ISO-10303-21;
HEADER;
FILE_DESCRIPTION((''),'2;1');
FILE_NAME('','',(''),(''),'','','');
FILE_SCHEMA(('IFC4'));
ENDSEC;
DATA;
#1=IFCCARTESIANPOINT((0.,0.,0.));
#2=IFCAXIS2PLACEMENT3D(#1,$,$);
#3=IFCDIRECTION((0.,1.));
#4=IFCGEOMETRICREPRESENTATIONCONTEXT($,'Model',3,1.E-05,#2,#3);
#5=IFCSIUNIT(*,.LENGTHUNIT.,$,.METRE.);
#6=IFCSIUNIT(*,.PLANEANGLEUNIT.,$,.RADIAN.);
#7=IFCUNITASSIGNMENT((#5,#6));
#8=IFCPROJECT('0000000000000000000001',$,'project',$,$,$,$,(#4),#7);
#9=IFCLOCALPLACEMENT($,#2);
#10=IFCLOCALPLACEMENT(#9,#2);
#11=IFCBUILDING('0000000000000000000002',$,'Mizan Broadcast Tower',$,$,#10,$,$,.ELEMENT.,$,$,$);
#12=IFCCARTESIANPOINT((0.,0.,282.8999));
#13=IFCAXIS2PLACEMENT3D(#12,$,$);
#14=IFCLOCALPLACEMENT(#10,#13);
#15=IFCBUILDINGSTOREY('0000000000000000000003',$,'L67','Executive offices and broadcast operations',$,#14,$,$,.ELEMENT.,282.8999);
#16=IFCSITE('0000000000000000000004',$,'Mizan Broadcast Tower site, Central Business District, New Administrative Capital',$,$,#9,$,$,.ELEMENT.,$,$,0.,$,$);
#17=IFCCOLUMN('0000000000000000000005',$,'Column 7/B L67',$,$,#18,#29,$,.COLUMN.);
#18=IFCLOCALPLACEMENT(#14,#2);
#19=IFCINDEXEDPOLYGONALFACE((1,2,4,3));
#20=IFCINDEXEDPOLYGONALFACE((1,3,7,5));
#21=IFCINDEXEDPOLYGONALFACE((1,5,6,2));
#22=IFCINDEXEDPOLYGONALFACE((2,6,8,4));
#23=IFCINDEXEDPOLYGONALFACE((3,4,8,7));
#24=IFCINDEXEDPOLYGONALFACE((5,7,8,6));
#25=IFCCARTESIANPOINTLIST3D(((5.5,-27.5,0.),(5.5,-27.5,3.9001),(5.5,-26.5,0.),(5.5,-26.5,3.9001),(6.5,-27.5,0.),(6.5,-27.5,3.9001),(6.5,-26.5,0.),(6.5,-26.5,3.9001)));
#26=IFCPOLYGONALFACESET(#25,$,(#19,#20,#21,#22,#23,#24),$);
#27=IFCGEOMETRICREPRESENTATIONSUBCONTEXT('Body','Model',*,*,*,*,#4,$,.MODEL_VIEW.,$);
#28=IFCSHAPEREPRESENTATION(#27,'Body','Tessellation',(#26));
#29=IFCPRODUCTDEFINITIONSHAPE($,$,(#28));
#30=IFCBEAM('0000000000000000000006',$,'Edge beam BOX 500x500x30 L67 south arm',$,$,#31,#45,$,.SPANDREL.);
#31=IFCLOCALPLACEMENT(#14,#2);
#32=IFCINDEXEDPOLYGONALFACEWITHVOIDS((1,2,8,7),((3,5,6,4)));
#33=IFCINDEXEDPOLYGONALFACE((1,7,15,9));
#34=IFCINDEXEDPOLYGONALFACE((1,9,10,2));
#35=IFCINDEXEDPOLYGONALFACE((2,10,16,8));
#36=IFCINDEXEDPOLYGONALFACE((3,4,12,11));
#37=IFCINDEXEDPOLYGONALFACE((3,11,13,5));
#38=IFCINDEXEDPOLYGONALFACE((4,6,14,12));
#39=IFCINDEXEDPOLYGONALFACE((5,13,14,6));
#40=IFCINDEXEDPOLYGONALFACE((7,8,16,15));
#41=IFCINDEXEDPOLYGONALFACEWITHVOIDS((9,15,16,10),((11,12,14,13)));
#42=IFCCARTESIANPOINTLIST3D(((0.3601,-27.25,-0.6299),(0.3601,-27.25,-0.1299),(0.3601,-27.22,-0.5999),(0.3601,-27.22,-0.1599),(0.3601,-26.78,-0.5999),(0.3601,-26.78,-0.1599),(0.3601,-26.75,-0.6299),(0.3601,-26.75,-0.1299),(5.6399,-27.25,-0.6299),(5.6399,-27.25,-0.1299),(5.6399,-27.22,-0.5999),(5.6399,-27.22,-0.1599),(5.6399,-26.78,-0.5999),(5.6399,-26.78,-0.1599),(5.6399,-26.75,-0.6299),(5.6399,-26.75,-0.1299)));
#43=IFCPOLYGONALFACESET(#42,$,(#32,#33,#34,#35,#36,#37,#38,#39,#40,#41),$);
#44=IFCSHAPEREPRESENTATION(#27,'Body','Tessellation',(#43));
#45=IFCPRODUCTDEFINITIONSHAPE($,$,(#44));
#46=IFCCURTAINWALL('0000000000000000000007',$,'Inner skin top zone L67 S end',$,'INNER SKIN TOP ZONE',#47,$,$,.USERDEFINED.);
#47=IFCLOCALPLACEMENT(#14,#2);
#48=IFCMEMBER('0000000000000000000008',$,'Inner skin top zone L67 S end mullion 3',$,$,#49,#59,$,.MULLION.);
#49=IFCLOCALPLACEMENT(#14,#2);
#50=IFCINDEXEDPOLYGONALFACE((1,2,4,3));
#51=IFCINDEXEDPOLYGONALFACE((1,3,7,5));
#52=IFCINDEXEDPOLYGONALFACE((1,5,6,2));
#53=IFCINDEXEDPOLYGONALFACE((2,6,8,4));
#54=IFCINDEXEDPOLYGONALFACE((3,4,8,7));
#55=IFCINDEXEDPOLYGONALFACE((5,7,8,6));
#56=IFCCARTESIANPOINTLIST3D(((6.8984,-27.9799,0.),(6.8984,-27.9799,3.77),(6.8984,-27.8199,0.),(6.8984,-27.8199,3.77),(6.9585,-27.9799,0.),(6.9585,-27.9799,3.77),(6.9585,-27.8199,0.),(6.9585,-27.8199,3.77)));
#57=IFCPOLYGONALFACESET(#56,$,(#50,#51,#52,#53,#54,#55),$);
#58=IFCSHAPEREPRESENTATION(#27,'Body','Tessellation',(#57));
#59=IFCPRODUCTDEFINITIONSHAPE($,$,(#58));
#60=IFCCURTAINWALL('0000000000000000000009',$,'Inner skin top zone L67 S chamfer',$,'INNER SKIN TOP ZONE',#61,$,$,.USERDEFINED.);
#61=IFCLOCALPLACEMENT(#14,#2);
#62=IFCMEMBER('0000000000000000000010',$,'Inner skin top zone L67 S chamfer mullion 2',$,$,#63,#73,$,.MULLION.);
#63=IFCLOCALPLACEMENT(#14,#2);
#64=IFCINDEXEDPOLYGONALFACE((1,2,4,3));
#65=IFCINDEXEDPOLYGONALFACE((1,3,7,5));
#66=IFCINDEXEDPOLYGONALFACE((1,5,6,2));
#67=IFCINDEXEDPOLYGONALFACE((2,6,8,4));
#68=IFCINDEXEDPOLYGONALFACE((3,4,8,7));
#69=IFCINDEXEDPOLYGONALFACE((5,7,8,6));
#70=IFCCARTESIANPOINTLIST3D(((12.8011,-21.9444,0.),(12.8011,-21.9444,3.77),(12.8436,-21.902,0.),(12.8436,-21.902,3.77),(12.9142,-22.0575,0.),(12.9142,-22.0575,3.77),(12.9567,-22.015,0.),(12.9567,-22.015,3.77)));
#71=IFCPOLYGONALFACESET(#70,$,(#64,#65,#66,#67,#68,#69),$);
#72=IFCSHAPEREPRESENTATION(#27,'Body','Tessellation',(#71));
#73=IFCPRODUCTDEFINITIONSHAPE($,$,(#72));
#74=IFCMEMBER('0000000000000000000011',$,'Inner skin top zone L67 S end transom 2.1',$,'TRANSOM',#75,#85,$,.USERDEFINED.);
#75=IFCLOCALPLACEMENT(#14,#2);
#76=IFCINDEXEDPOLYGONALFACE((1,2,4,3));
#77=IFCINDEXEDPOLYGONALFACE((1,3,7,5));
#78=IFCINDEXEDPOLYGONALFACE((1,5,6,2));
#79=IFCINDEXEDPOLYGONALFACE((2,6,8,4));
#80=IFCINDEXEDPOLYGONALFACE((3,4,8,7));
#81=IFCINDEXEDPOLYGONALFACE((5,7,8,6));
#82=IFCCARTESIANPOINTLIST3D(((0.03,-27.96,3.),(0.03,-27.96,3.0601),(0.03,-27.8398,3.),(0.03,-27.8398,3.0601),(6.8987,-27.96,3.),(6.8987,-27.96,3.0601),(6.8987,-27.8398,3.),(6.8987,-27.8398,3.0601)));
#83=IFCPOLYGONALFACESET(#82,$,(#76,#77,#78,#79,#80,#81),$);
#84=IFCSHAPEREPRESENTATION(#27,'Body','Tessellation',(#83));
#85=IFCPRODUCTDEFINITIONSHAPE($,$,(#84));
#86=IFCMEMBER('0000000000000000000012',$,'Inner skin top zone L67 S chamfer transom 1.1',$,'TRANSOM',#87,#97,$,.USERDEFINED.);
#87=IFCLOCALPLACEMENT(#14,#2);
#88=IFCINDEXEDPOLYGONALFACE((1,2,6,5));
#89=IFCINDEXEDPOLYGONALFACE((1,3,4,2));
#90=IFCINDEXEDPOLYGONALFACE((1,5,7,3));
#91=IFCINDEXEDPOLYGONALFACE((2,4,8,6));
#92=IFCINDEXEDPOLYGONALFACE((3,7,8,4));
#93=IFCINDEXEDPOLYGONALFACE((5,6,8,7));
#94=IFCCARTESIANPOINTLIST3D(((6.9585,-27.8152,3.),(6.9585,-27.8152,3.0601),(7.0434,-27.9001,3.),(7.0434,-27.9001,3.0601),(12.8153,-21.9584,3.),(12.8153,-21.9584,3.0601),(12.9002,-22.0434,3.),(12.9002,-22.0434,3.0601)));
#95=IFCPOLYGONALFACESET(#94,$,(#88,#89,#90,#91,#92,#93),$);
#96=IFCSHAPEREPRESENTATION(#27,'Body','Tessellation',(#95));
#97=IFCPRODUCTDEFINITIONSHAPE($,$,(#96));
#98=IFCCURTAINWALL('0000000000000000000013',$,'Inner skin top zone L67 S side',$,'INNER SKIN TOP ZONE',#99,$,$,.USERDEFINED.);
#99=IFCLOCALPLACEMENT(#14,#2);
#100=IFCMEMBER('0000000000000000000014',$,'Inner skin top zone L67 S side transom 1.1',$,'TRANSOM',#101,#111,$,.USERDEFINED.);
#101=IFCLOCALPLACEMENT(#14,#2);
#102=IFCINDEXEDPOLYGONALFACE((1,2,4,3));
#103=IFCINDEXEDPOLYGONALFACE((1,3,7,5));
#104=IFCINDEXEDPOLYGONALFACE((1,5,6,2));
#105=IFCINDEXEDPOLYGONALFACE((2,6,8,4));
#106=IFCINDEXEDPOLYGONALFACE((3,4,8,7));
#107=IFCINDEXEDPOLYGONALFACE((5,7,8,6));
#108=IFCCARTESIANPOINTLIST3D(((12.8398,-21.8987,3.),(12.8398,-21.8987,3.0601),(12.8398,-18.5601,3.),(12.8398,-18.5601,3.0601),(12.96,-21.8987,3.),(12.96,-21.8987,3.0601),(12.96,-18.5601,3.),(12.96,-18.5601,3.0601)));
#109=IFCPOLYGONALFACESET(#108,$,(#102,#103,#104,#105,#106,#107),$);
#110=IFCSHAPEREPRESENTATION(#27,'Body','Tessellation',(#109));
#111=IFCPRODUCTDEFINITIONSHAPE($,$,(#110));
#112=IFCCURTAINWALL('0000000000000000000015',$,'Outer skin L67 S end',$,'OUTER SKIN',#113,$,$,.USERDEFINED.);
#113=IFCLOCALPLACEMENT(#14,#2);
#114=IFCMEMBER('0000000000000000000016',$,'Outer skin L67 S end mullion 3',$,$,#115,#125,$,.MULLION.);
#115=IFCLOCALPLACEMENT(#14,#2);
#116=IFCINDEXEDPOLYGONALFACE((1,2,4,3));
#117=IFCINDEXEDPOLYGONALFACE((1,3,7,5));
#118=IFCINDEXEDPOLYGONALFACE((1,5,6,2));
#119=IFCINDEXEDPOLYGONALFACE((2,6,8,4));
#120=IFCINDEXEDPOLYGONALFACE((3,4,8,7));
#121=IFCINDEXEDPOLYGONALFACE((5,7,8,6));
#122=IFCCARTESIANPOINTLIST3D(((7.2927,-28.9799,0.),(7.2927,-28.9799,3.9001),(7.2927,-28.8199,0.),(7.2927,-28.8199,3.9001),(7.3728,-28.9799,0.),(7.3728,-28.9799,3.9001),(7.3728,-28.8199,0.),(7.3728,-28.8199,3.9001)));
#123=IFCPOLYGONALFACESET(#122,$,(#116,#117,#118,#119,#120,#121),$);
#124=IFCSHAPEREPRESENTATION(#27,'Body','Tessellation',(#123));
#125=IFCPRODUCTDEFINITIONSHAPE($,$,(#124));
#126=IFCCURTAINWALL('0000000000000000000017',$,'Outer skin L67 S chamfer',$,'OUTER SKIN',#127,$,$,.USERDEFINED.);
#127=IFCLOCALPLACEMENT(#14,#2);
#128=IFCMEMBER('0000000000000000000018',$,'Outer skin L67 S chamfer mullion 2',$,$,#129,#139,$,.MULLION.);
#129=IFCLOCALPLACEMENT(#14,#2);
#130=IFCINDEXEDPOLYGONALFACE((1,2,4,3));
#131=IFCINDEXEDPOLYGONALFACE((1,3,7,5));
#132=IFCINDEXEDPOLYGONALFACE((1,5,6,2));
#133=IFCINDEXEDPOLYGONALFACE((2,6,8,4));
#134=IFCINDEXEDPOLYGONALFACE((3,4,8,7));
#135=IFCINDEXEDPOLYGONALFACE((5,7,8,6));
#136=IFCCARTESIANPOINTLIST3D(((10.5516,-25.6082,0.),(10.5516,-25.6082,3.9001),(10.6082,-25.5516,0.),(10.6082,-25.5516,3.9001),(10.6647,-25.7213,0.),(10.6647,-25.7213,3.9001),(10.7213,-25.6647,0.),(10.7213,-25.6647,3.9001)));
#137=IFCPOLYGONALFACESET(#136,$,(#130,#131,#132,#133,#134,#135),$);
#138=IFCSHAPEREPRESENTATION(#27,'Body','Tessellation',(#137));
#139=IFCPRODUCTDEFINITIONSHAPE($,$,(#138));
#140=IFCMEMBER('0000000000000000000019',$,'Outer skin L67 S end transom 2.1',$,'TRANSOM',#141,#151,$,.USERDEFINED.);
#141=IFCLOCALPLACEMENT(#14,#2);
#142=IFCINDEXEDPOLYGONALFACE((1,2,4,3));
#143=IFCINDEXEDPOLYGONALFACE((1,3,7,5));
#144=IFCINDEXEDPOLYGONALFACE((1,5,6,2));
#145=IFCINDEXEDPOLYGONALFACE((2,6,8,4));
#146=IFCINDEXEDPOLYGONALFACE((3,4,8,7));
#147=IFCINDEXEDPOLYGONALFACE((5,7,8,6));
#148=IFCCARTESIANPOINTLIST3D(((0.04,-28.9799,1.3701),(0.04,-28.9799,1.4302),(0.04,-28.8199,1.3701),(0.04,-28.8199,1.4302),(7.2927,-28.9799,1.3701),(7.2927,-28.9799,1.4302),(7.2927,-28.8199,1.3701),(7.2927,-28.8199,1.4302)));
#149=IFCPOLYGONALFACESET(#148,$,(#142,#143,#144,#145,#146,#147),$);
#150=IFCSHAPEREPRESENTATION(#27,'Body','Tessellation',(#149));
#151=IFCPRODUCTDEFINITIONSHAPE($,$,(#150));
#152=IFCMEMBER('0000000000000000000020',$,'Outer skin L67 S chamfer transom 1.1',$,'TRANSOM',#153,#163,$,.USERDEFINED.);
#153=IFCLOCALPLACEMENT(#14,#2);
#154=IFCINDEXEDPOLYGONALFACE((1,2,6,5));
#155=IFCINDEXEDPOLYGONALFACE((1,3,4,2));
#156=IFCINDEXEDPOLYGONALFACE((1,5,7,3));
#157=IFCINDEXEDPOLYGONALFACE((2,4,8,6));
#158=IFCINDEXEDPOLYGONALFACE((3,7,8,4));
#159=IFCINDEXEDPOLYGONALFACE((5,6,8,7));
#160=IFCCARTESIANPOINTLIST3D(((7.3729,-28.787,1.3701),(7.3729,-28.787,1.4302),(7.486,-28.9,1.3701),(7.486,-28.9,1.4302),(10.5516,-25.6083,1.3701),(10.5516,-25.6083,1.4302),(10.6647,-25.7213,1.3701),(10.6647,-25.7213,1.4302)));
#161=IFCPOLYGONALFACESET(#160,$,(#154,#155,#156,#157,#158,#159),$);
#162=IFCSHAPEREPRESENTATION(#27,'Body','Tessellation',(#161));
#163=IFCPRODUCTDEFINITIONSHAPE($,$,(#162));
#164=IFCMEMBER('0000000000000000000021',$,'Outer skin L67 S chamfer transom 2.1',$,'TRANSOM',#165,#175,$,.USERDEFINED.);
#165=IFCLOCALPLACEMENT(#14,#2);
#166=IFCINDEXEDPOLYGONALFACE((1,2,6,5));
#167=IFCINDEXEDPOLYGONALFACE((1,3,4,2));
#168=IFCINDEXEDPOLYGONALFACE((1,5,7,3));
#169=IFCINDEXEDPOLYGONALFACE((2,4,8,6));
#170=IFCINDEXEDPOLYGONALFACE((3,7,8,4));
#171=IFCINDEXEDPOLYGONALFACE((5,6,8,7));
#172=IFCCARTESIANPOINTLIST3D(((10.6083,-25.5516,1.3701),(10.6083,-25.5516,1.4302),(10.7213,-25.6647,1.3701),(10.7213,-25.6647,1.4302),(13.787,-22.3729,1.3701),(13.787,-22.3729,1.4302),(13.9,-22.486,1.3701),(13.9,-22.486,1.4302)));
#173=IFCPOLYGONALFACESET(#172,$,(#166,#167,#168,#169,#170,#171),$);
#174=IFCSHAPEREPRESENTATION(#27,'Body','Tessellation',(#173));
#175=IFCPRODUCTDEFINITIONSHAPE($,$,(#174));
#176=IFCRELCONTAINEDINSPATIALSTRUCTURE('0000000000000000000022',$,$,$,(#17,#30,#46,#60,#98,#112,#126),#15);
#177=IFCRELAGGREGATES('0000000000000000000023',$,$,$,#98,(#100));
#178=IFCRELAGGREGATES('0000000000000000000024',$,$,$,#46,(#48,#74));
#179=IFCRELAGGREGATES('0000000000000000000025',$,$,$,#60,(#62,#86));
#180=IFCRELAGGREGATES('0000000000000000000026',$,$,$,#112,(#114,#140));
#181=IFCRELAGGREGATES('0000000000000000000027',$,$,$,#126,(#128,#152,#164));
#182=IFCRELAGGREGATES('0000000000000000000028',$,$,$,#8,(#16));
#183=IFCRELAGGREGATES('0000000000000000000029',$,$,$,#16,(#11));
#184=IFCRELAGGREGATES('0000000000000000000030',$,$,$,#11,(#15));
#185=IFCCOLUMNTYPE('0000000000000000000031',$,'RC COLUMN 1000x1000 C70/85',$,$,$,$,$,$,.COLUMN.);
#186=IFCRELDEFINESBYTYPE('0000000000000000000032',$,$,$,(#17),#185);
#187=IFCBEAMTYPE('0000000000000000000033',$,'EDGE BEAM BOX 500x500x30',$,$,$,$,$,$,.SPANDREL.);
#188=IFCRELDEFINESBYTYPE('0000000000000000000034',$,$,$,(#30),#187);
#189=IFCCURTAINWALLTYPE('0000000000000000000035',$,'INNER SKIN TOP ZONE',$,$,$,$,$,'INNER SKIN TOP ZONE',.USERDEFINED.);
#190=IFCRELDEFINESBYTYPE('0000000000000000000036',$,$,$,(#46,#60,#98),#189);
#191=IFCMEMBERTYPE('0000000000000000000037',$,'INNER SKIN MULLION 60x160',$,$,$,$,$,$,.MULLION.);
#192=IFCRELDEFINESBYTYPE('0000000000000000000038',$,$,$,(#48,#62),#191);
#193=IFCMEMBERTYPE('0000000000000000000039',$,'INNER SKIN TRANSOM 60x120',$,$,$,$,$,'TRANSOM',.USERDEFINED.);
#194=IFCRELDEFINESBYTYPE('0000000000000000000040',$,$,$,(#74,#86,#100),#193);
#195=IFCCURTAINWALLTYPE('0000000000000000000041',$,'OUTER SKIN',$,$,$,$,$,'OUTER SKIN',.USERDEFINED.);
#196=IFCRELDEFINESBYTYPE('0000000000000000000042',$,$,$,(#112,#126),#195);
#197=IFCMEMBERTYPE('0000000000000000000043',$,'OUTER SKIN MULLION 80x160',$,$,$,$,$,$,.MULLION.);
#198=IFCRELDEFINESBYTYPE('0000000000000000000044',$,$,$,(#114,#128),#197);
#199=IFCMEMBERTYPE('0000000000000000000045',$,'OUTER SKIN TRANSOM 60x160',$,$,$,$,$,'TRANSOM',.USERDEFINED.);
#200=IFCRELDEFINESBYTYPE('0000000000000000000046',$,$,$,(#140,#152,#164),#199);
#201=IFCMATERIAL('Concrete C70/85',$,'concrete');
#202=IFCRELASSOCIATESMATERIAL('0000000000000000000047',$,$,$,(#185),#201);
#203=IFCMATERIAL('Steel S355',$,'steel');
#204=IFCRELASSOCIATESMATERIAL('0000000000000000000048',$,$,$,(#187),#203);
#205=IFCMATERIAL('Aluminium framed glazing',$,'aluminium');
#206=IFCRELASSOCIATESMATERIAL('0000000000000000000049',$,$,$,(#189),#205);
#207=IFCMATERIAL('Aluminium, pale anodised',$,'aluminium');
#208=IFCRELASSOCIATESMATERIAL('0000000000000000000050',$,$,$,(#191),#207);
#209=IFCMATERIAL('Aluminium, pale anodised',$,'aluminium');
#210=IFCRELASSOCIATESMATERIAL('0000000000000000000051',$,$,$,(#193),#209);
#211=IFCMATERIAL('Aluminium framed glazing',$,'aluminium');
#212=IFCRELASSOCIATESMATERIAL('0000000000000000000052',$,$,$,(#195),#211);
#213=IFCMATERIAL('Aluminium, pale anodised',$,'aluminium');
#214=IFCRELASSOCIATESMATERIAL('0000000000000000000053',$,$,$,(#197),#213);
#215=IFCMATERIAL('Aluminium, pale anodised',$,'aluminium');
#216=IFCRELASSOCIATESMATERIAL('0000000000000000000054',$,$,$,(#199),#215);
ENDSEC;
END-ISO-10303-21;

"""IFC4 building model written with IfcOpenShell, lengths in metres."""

from ifc_helpers import new_model, si_unit, direction, frame, origin, origin_2d, place, context, subcontext, project, spatial, rectangle, hollow_rectangle, extrude, material, material_profile, profile_set, type_object, element, aggregate, save


model = new_model("IFC4")

# Units and contexts
model_context = context("Model", 3, precision=1e-05, world=origin(), true_north=direction((0.0, 1.0)))
body_context = subcontext(model_context, "Body", "Model", "MODEL_VIEW")
ifc_project = project(units=[si_unit("LENGTHUNIT", "METRE"), si_unit("PLANEANGLEUNIT", "RADIAN")], contexts=[model_context])

# Site, building, storey
site_placement = place(None, origin())
site = spatial("IfcSite", under=ifc_project, at=site_placement, Name="Mizan Broadcast Tower site, Central Business District, New Administrative Capital", CompositionType="ELEMENT", RefElevation=0.0)
building_placement = place(site_placement, origin())
building = spatial("IfcBuilding", under=site, at=building_placement, Name="Mizan Broadcast Tower", CompositionType="ELEMENT")
storey_placement = place(building_placement, frame((0.0, 0.0, 282.8999)))
storey = spatial("IfcBuildingStorey", under=building, at=storey_placement, Name="L67", Description="Executive offices and broadcast operations", CompositionType="ELEMENT", Elevation=282.8999)

# Column
ifc_material_1 = material(Name="Concrete C70/85", Category="concrete")
ifc_material_profile_1 = material_profile(ifc_material_1, rectangle(XDim=1.0, YDim=1.0, at=origin_2d()), Name="RC 1000x1000")
ifc_profile_set_1 = profile_set([ifc_material_profile_1], Name="Concrete C70/85")
column_type = type_object("IfcColumnType", Name="RC COLUMN 1000x1000 C70/85", PredefinedType="COLUMN", material=ifc_profile_set_1)
column_placement = place(storey_placement, frame((6.0, -27.0, 0.0), z_axis=(0.0, 0.0, 1.0), x_axis=(1.0, 0.0, 0.0)))
element("IfcColumn", 1, at=column_placement, inside=storey, type_object=column_type, Name="Column 7/B L67", PredefinedType="COLUMN", context=body_context, shape_type="SweptSolid", body=[
    extrude(rectangle(XDim=1.0, YDim=1.0, at=origin_2d()), origin(), (0.0, 0.0, 1.0), 3.9001),
])

# Beam
ifc_material_2 = material(Name="Steel S355", Category="steel")
ifc_material_profile_2 = material_profile(ifc_material_2, hollow_rectangle(XDim=0.5, YDim=0.5, WallThickness=0.03, at=origin_2d()), Name="BOX 500x500x30")
ifc_profile_set_2 = profile_set([ifc_material_profile_2], Name="Steel S355")
beam_type_1 = type_object("IfcBeamType", Name="EDGE BEAM BOX 500x500x30", PredefinedType="SPANDREL", material=ifc_profile_set_2)
beam_1_placement = place(storey_placement, frame((5.6399, -27.0, -0.3799), z_axis=(-1.0, 0.0, 0.0), x_axis=(0.0, -1.0, 0.0)))
element("IfcBeam", 2, at=beam_1_placement, inside=storey, type_object=beam_type_1, Name="Edge beam BOX 500x500x30 L67 south arm", PredefinedType="SPANDREL", context=body_context, shape_type="SweptSolid", body=[
    extrude(hollow_rectangle(XDim=0.5, YDim=0.5, WallThickness=0.03, at=origin_2d()), origin(), (0.0, 0.0, 1.0), 5.2798),
])

# Curtain walls, members
ifc_material_3 = material(Name="Aluminium framed glazing", Category="aluminium")
curtain_wall_type_1 = type_object("IfcCurtainWallType", Name="INNER SKIN TOP ZONE", ElementType="INNER SKIN TOP ZONE", PredefinedType="USERDEFINED", material=ifc_material_3)
curtain_wall_1_placement = place(storey_placement, origin())
curtain_wall_1 = element("IfcCurtainWall", 3, at=curtain_wall_1_placement, inside=storey, type_object=curtain_wall_type_1, Name="Inner skin top zone L67 S end", ObjectType="INNER SKIN TOP ZONE", PredefinedType="USERDEFINED")
ifc_material_4 = material(Name="Aluminium, pale anodised", Category="aluminium")
ifc_material_profile_3 = material_profile(ifc_material_4, rectangle(XDim=0.1599, YDim=0.0601, at=origin_2d()), Name="MULLION 160x60")
ifc_profile_set_3 = profile_set([ifc_material_profile_3], Name="Aluminium, pale anodised")
member_type_1 = type_object("IfcMemberType", Name="INNER SKIN MULLION 60x160", PredefinedType="MULLION", material=ifc_profile_set_3)
member_1_placement = place(storey_placement, frame((6.9285, -27.8999, 0.0), z_axis=(0.0, 0.0, 1.0), x_axis=(0.0, 1.0, 0.0)))
member_1 = element("IfcMember", 4, at=member_1_placement, type_object=member_type_1, Name="Inner skin top zone L67 S end mullion 3", PredefinedType="MULLION", context=body_context, shape_type="SweptSolid", body=[
    extrude(rectangle(XDim=0.1599, YDim=0.0601, at=origin_2d()), origin(), (0.0, 0.0, 1.0), 3.77),
])
curtain_wall_2_placement = place(storey_placement, origin())
curtain_wall_2 = element("IfcCurtainWall", 5, at=curtain_wall_2_placement, inside=storey, type_object=curtain_wall_type_1, Name="Inner skin top zone L67 S chamfer", ObjectType="INNER SKIN TOP ZONE", PredefinedType="USERDEFINED")
member_2_placement = place(storey_placement, frame((12.8789, -21.9797, 0.0), z_axis=(0.0, 0.0, 1.0), x_axis=(-0.707107, 0.707107, 0.0)))
member_2 = element("IfcMember", 6, at=member_2_placement, type_object=member_type_1, Name="Inner skin top zone L67 S chamfer mullion 2", PredefinedType="MULLION", context=body_context, shape_type="SweptSolid", body=[
    extrude(rectangle(XDim=0.1599, YDim=0.0601, at=origin_2d()), origin(), (0.0, 0.0, 1.0), 3.77),
])

# Members
ifc_material_5 = material(Name="Aluminium, pale anodised", Category="aluminium")
ifc_material_profile_4 = material_profile(ifc_material_5, rectangle(XDim=0.1201, YDim=0.0601, at=origin_2d()), Name="TRANSOM 120x60")
ifc_profile_set_4 = profile_set([ifc_material_profile_4], Name="Aluminium, pale anodised")
member_type_2 = type_object("IfcMemberType", Name="INNER SKIN TRANSOM 60x120", ElementType="TRANSOM", PredefinedType="USERDEFINED", material=ifc_profile_set_4)
member_3_placement = place(storey_placement, frame((0.03, -27.8999, 3.03), z_axis=(1.0, 0.0, 0.0), x_axis=(0.0, 1.0, 0.0)))
member_3 = element("IfcMember", 7, at=member_3_placement, type_object=member_type_2, Name="Inner skin top zone L67 S end transom 2.1", ObjectType="TRANSOM", PredefinedType="USERDEFINED", context=body_context, shape_type="SweptSolid", body=[
    extrude(rectangle(XDim=0.1201, YDim=0.0601, at=origin_2d()), origin(), (0.0, 0.0, 1.0), 6.8687),
])
member_4_placement = place(storey_placement, frame((7.001, -27.8577, 3.03), z_axis=(0.707107, 0.707107, 0.0), x_axis=(-0.707107, 0.707107, 0.0)))
member_4 = element("IfcMember", 8, at=member_4_placement, type_object=member_type_2, Name="Inner skin top zone L67 S chamfer transom 1.1", ObjectType="TRANSOM", PredefinedType="USERDEFINED", context=body_context, shape_type="SweptSolid", body=[
    extrude(rectangle(XDim=0.1201, YDim=0.0601, at=origin_2d()), origin(), (0.0, 0.0, 1.0), 8.2827),
])

# Curtain walls, members
curtain_wall_3_placement = place(storey_placement, origin())
curtain_wall_3 = element("IfcCurtainWall", 9, at=curtain_wall_3_placement, inside=storey, type_object=curtain_wall_type_1, Name="Inner skin top zone L67 S side", ObjectType="INNER SKIN TOP ZONE", PredefinedType="USERDEFINED")
member_5_placement = place(storey_placement, frame((12.8999, -21.8987, 3.03), z_axis=(0.0, 1.0, 0.0), x_axis=(-1.0, 0.0, 0.0)))
member_5 = element("IfcMember", 10, at=member_5_placement, type_object=member_type_2, Name="Inner skin top zone L67 S side transom 1.1", ObjectType="TRANSOM", PredefinedType="USERDEFINED", context=body_context, shape_type="SweptSolid", body=[
    extrude(rectangle(XDim=0.1201, YDim=0.0601, at=origin_2d()), origin(), (0.0, 0.0, 1.0), 3.3386),
])
aggregate(curtain_wall_3, [member_5])
ifc_material_6 = material(Name="Aluminium framed glazing", Category="aluminium")
curtain_wall_type_2 = type_object("IfcCurtainWallType", Name="OUTER SKIN", ElementType="OUTER SKIN", PredefinedType="USERDEFINED", material=ifc_material_6)
curtain_wall_4_placement = place(storey_placement, origin())
curtain_wall_4 = element("IfcCurtainWall", 11, at=curtain_wall_4_placement, inside=storey, type_object=curtain_wall_type_2, Name="Outer skin L67 S end", ObjectType="OUTER SKIN", PredefinedType="USERDEFINED")
ifc_material_7 = material(Name="Aluminium, pale anodised", Category="aluminium")
ifc_material_profile_5 = material_profile(ifc_material_7, rectangle(XDim=0.1599, YDim=0.0801, at=origin_2d()), Name="MULLION 160x80")
ifc_profile_set_5 = profile_set([ifc_material_profile_5], Name="Aluminium, pale anodised")
member_type_3 = type_object("IfcMemberType", Name="OUTER SKIN MULLION 80x160", PredefinedType="MULLION", material=ifc_profile_set_5)
member_6_placement = place(storey_placement, frame((7.3328, -28.8999, 0.0), z_axis=(0.0, 0.0, 1.0), x_axis=(0.0, 1.0, 0.0)))
member_6 = element("IfcMember", 12, at=member_6_placement, type_object=member_type_3, Name="Outer skin L67 S end mullion 3", PredefinedType="MULLION", context=body_context, shape_type="SweptSolid", body=[
    extrude(rectangle(XDim=0.1599, YDim=0.0801, at=origin_2d()), origin(), (0.0, 0.0, 1.0), 3.9001),
])
curtain_wall_5_placement = place(storey_placement, origin())
curtain_wall_5 = element("IfcCurtainWall", 13, at=curtain_wall_5_placement, inside=storey, type_object=curtain_wall_type_2, Name="Outer skin L67 S chamfer", ObjectType="OUTER SKIN", PredefinedType="USERDEFINED")
member_7_placement = place(storey_placement, frame((10.6365, -25.6365, 0.0), z_axis=(0.0, 0.0, 1.0), x_axis=(-0.707107, 0.707107, 0.0)))
member_7 = element("IfcMember", 14, at=member_7_placement, type_object=member_type_3, Name="Outer skin L67 S chamfer mullion 2", PredefinedType="MULLION", context=body_context, shape_type="SweptSolid", body=[
    extrude(rectangle(XDim=0.1599, YDim=0.0801, at=origin_2d()), origin(), (0.0, 0.0, 1.0), 3.9001),
])

# Members
ifc_material_8 = material(Name="Aluminium, pale anodised", Category="aluminium")
ifc_material_profile_6 = material_profile(ifc_material_8, rectangle(XDim=0.1599, YDim=0.0601, at=origin_2d()), Name="TRANSOM 160x60")
ifc_profile_set_6 = profile_set([ifc_material_profile_6], Name="Aluminium, pale anodised")
member_type_4 = type_object("IfcMemberType", Name="OUTER SKIN TRANSOM 60x160", ElementType="TRANSOM", PredefinedType="USERDEFINED", material=ifc_profile_set_6)
member_8_placement = place(storey_placement, frame((0.04, -28.8999, 1.4001), z_axis=(1.0, 0.0, 0.0), x_axis=(0.0, 1.0, 0.0)))
member_8 = element("IfcMember", 15, at=member_8_placement, type_object=member_type_4, Name="Outer skin L67 S end transom 2.1", ObjectType="TRANSOM", PredefinedType="USERDEFINED", context=body_context, shape_type="SweptSolid", body=[
    extrude(rectangle(XDim=0.1599, YDim=0.0601, at=origin_2d()), origin(), (0.0, 0.0, 1.0), 7.2527),
])
member_9_placement = place(storey_placement, frame((7.4294, -28.8435, 1.4001), z_axis=(0.707107, 0.707107, 0.0), x_axis=(-0.707107, 0.707107, 0.0)))
member_9 = element("IfcMember", 16, at=member_9_placement, type_object=member_type_4, Name="Outer skin L67 S chamfer transom 1.1", ObjectType="TRANSOM", PredefinedType="USERDEFINED", context=body_context, shape_type="SweptSolid", body=[
    extrude(rectangle(XDim=0.1599, YDim=0.0601, at=origin_2d()), origin(), (0.0, 0.0, 1.0), 4.4954),
])
member_10_placement = place(storey_placement, frame((10.6648, -25.6082, 1.4001), z_axis=(0.707107, 0.707107, 0.0), x_axis=(-0.707107, 0.707107, 0.0)))
member_10 = element("IfcMember", 17, at=member_10_placement, type_object=member_type_4, Name="Outer skin L67 S chamfer transom 2.1", ObjectType="TRANSOM", PredefinedType="USERDEFINED", context=body_context, shape_type="SweptSolid", body=[
    extrude(rectangle(XDim=0.1599, YDim=0.0601, at=origin_2d()), origin(), (0.0, 0.0, 1.0), 4.4954),
])

aggregate(curtain_wall_1, [member_1, member_3])
aggregate(curtain_wall_2, [member_2, member_4])
aggregate(curtain_wall_4, [member_6, member_8])
aggregate(curtain_wall_5, [member_7, member_9, member_10])

save(model, "model.ifc")
